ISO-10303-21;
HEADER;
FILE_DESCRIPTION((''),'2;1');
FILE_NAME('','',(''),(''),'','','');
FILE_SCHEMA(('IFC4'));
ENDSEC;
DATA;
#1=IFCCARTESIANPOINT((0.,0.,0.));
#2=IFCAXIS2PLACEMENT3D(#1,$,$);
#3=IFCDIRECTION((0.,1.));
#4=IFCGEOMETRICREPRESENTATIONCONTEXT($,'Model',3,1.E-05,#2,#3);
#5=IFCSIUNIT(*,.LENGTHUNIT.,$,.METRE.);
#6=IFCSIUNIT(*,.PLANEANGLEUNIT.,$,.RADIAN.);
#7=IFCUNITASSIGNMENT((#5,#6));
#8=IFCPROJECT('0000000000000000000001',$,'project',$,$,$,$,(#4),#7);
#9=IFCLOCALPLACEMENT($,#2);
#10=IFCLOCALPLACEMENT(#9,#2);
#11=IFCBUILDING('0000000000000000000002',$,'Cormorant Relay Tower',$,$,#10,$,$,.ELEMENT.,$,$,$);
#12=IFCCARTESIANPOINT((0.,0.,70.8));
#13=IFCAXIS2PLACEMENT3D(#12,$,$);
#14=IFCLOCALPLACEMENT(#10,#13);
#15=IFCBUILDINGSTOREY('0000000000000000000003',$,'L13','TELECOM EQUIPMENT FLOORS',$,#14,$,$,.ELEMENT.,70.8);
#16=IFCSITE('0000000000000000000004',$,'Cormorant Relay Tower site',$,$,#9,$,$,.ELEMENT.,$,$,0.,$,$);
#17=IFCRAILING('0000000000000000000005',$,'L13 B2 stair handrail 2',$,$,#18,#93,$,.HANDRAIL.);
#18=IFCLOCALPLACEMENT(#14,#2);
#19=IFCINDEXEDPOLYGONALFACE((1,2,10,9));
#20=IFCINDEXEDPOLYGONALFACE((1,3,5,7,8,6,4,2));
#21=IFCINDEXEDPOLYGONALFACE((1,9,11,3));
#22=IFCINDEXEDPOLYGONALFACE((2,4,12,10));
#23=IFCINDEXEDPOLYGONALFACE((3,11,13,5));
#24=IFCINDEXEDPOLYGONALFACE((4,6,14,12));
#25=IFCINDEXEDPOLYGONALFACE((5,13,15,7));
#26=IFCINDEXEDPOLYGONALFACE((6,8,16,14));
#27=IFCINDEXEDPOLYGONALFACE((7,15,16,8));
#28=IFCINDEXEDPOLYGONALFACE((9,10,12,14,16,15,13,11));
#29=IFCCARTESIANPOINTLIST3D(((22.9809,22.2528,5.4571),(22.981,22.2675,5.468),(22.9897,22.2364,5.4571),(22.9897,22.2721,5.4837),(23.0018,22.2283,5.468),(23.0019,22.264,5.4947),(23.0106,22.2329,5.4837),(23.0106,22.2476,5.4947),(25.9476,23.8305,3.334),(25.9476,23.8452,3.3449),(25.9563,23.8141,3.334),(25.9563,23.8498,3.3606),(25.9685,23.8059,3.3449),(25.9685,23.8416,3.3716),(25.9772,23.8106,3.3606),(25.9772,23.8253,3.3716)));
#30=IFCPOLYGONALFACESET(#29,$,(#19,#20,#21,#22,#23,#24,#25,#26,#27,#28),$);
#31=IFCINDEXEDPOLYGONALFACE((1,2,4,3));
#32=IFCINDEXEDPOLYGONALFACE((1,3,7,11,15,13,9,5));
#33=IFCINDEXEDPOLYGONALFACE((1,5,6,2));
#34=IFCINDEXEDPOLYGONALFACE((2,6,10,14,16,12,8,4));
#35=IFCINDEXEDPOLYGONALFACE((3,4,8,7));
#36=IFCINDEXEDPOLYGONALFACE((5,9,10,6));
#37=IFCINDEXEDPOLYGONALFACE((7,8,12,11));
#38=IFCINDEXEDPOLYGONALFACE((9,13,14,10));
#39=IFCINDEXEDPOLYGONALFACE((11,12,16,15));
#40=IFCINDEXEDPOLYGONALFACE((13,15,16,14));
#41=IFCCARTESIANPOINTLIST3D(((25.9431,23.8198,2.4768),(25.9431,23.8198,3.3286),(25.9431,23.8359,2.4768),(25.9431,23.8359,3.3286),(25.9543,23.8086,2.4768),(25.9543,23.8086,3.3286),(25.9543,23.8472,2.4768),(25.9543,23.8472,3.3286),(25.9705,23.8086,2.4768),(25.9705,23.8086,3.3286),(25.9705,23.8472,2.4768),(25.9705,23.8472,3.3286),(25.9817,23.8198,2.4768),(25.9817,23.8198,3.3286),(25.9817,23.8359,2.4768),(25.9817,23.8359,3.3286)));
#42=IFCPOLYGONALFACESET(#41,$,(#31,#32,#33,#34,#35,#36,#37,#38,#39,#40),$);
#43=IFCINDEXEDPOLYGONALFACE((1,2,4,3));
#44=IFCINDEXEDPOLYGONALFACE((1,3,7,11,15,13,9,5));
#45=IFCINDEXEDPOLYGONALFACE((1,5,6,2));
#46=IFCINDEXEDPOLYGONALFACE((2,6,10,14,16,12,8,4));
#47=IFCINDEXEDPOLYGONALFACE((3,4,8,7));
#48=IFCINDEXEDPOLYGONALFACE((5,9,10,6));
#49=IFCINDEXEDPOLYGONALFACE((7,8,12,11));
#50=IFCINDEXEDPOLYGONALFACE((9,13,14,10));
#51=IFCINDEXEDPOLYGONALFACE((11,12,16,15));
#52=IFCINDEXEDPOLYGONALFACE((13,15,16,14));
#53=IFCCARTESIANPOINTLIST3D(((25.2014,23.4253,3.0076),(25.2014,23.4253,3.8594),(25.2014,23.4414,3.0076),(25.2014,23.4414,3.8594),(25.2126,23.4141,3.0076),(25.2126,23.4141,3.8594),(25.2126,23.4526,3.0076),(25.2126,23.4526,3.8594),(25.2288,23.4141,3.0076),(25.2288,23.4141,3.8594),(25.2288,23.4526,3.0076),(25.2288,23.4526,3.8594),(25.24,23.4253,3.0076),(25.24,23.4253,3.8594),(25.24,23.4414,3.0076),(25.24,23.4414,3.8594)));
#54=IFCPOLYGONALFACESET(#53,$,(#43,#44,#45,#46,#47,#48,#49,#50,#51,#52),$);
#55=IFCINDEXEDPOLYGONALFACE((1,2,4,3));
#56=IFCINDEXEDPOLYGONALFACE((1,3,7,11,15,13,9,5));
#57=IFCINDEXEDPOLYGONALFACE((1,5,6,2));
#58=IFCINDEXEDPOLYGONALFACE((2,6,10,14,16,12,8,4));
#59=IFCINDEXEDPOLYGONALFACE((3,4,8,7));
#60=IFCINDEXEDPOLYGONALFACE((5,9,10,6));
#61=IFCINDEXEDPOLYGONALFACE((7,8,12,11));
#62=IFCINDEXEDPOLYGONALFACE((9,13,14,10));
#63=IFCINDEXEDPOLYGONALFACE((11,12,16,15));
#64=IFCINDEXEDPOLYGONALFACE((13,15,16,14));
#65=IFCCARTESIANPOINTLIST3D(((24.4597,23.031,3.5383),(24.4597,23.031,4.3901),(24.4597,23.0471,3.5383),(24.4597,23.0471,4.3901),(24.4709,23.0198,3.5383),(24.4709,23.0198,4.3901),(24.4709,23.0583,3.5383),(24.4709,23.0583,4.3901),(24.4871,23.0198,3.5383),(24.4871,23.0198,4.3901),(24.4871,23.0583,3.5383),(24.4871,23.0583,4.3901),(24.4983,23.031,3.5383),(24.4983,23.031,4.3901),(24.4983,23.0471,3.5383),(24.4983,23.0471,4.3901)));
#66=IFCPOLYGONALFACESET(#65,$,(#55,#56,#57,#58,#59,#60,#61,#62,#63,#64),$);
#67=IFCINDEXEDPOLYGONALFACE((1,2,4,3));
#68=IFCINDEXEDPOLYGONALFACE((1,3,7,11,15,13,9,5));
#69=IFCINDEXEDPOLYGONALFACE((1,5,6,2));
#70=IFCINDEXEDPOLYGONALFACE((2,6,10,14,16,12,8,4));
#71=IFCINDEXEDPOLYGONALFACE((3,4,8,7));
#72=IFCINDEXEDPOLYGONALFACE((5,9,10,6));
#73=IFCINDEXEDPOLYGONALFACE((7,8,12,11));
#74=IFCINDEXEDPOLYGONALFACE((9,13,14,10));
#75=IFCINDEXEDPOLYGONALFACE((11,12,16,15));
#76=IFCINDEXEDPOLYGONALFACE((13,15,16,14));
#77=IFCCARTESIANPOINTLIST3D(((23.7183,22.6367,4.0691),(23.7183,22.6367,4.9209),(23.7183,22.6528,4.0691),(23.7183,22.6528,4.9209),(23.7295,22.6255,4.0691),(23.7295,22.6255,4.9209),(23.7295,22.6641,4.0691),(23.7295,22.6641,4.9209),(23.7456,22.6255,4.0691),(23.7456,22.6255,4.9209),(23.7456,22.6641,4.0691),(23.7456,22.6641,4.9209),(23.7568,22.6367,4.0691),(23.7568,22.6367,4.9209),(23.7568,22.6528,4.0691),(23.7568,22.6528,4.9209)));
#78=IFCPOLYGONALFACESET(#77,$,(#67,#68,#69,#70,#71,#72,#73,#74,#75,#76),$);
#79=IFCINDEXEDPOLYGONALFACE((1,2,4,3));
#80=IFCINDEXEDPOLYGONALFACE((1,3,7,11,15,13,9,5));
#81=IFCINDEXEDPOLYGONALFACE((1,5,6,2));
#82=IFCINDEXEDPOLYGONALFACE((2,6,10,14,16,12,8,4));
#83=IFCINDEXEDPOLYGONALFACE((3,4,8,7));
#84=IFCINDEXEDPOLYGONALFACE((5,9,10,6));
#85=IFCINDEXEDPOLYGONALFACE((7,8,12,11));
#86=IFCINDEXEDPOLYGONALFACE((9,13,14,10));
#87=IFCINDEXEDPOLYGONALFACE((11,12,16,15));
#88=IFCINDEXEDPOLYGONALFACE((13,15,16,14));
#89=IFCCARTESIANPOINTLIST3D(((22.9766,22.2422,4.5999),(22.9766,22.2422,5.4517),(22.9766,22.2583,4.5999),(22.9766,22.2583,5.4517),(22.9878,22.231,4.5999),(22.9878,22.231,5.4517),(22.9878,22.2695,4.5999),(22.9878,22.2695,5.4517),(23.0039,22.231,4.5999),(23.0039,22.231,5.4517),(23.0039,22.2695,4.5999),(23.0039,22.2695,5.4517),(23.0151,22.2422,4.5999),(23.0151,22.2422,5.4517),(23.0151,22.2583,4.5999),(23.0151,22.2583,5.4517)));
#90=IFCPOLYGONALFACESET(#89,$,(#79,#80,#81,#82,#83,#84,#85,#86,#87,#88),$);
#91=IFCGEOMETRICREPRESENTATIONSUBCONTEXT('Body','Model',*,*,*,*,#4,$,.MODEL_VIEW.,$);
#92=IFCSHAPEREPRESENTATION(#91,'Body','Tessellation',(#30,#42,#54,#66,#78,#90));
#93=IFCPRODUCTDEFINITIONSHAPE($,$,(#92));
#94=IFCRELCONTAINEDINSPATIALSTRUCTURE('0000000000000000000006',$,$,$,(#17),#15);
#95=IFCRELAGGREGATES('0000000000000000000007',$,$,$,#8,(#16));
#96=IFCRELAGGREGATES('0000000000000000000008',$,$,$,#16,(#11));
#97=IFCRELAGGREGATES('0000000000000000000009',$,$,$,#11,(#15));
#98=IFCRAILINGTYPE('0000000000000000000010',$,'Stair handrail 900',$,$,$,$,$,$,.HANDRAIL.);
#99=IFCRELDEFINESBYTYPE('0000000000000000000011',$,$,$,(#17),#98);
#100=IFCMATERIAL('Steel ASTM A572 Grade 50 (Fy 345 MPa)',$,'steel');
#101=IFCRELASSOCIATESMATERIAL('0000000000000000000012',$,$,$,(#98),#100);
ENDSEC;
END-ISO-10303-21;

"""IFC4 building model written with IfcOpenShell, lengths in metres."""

from ifc_helpers import new_model, si_unit, direction, frame, origin, place, context, subcontext, project, spatial, polyline, outline, extrude, material, type_object, element, save


model = new_model("IFC4")

# Units and contexts
model_context = context("Model", 3, precision=1e-05, world=origin(), true_north=direction((0.0, 1.0)))
body_context = subcontext(model_context, "Body", "Model", "MODEL_VIEW")
ifc_project = project(units=[si_unit("LENGTHUNIT", "METRE"), si_unit("PLANEANGLEUNIT", "RADIAN")], contexts=[model_context])

# Site, building, storey
site_placement = place(None, origin())
site = spatial("IfcSite", under=ifc_project, at=site_placement, Name="Cormorant Relay Tower site", CompositionType="ELEMENT", RefElevation=0.0)
building_placement = place(site_placement, origin())
building = spatial("IfcBuilding", under=site, at=building_placement, Name="Cormorant Relay Tower", CompositionType="ELEMENT")
storey_placement = place(building_placement, frame((0.0, 0.0, 70.8)))
storey = spatial("IfcBuildingStorey", under=building, at=storey_placement, Name="L13", Description="TELECOM EQUIPMENT FLOORS", CompositionType="ELEMENT", Elevation=70.8)

# Railing
ifc_material_1 = material(Name="Steel ASTM A572 Grade 50 (Fy 345 MPa)", Category="steel")
railing_type_1 = type_object("IfcRailingType", Name="Stair handrail 900", PredefinedType="HANDRAIL", material=ifc_material_1)
railing_1_placement = place(storey_placement, frame((25.9624, 23.8279, 2.4768)))
element("IfcRailing", 1, at=railing_1_placement, inside=storey, type_object=railing_type_1, Name="L13 B2 stair handrail 2", PredefinedType="HANDRAIL", context=body_context, shape_type="SweptSolid", body=[
    extrude(outline(polyline([(0.0222, 0.0093), (0.0093, 0.0222), (-0.0093, 0.0222), (-0.0222, 0.0093), (-0.0222, -0.0093), (-0.0093, -0.0222), (0.0093, -0.0222), (0.0222, -0.0093), (0.0222, 0.0093)])), frame((0.0, 0.0, 0.876), z_axis=(-0.746395, -0.396939, 0.534166), x_axis=(0.469539, -0.882911, 0.0)), (0.0, 0.0, 1.0), 3.9746),
    extrude(outline(polyline([(0.0193, 0.0081), (0.0081, 0.0193), (-0.0081, 0.0193), (-0.0193, 0.0081), (-0.0193, -0.0081), (-0.0081, -0.0193), (0.0081, -0.0193), (0.0193, -0.0081), (0.0193, 0.0081)])), origin(), (0.0, 0.0, 1.0), 0.8518),
    extrude(outline(polyline([(0.0193, 0.0081), (0.0081, 0.0193), (-0.0081, 0.0193), (-0.0193, 0.0081), (-0.0193, -0.0081), (-0.0081, -0.0193), (0.0081, -0.0193), (0.0193, -0.0081), (0.0193, 0.0081)])), frame((-0.7417, -0.3945, 0.5308)), (0.0, 0.0, 1.0), 0.8518),
    extrude(outline(polyline([(0.0193, 0.0081), (0.0081, 0.0193), (-0.0081, 0.0193), (-0.0193, 0.0081), (-0.0193, -0.0081), (-0.0081, -0.0193), (0.0081, -0.0193), (0.0193, -0.0081), (0.0193, 0.0081)])), frame((-1.4834, -0.7888, 1.0615)), (0.0, 0.0, 1.0), 0.8518),
    extrude(outline(polyline([(0.0193, 0.0081), (0.0081, 0.0193), (-0.0081, 0.0193), (-0.0193, 0.0081), (-0.0193, -0.0081), (-0.0081, -0.0193), (0.0081, -0.0193), (0.0193, -0.0081), (0.0193, 0.0081)])), frame((-2.2249, -1.1831, 1.5923)), (0.0, 0.0, 1.0), 0.8518),
    extrude(outline(polyline([(0.0193, 0.0081), (0.0081, 0.0193), (-0.0081, 0.0193), (-0.0193, 0.0081), (-0.0193, -0.0081), (-0.0081, -0.0193), (0.0081, -0.0193), (0.0193, -0.0081), (0.0193, 0.0081)])), frame((-2.9666, -1.5776, 2.123)), (0.0, 0.0, 1.0), 0.8518),
])

save(model, "model.ifc")
